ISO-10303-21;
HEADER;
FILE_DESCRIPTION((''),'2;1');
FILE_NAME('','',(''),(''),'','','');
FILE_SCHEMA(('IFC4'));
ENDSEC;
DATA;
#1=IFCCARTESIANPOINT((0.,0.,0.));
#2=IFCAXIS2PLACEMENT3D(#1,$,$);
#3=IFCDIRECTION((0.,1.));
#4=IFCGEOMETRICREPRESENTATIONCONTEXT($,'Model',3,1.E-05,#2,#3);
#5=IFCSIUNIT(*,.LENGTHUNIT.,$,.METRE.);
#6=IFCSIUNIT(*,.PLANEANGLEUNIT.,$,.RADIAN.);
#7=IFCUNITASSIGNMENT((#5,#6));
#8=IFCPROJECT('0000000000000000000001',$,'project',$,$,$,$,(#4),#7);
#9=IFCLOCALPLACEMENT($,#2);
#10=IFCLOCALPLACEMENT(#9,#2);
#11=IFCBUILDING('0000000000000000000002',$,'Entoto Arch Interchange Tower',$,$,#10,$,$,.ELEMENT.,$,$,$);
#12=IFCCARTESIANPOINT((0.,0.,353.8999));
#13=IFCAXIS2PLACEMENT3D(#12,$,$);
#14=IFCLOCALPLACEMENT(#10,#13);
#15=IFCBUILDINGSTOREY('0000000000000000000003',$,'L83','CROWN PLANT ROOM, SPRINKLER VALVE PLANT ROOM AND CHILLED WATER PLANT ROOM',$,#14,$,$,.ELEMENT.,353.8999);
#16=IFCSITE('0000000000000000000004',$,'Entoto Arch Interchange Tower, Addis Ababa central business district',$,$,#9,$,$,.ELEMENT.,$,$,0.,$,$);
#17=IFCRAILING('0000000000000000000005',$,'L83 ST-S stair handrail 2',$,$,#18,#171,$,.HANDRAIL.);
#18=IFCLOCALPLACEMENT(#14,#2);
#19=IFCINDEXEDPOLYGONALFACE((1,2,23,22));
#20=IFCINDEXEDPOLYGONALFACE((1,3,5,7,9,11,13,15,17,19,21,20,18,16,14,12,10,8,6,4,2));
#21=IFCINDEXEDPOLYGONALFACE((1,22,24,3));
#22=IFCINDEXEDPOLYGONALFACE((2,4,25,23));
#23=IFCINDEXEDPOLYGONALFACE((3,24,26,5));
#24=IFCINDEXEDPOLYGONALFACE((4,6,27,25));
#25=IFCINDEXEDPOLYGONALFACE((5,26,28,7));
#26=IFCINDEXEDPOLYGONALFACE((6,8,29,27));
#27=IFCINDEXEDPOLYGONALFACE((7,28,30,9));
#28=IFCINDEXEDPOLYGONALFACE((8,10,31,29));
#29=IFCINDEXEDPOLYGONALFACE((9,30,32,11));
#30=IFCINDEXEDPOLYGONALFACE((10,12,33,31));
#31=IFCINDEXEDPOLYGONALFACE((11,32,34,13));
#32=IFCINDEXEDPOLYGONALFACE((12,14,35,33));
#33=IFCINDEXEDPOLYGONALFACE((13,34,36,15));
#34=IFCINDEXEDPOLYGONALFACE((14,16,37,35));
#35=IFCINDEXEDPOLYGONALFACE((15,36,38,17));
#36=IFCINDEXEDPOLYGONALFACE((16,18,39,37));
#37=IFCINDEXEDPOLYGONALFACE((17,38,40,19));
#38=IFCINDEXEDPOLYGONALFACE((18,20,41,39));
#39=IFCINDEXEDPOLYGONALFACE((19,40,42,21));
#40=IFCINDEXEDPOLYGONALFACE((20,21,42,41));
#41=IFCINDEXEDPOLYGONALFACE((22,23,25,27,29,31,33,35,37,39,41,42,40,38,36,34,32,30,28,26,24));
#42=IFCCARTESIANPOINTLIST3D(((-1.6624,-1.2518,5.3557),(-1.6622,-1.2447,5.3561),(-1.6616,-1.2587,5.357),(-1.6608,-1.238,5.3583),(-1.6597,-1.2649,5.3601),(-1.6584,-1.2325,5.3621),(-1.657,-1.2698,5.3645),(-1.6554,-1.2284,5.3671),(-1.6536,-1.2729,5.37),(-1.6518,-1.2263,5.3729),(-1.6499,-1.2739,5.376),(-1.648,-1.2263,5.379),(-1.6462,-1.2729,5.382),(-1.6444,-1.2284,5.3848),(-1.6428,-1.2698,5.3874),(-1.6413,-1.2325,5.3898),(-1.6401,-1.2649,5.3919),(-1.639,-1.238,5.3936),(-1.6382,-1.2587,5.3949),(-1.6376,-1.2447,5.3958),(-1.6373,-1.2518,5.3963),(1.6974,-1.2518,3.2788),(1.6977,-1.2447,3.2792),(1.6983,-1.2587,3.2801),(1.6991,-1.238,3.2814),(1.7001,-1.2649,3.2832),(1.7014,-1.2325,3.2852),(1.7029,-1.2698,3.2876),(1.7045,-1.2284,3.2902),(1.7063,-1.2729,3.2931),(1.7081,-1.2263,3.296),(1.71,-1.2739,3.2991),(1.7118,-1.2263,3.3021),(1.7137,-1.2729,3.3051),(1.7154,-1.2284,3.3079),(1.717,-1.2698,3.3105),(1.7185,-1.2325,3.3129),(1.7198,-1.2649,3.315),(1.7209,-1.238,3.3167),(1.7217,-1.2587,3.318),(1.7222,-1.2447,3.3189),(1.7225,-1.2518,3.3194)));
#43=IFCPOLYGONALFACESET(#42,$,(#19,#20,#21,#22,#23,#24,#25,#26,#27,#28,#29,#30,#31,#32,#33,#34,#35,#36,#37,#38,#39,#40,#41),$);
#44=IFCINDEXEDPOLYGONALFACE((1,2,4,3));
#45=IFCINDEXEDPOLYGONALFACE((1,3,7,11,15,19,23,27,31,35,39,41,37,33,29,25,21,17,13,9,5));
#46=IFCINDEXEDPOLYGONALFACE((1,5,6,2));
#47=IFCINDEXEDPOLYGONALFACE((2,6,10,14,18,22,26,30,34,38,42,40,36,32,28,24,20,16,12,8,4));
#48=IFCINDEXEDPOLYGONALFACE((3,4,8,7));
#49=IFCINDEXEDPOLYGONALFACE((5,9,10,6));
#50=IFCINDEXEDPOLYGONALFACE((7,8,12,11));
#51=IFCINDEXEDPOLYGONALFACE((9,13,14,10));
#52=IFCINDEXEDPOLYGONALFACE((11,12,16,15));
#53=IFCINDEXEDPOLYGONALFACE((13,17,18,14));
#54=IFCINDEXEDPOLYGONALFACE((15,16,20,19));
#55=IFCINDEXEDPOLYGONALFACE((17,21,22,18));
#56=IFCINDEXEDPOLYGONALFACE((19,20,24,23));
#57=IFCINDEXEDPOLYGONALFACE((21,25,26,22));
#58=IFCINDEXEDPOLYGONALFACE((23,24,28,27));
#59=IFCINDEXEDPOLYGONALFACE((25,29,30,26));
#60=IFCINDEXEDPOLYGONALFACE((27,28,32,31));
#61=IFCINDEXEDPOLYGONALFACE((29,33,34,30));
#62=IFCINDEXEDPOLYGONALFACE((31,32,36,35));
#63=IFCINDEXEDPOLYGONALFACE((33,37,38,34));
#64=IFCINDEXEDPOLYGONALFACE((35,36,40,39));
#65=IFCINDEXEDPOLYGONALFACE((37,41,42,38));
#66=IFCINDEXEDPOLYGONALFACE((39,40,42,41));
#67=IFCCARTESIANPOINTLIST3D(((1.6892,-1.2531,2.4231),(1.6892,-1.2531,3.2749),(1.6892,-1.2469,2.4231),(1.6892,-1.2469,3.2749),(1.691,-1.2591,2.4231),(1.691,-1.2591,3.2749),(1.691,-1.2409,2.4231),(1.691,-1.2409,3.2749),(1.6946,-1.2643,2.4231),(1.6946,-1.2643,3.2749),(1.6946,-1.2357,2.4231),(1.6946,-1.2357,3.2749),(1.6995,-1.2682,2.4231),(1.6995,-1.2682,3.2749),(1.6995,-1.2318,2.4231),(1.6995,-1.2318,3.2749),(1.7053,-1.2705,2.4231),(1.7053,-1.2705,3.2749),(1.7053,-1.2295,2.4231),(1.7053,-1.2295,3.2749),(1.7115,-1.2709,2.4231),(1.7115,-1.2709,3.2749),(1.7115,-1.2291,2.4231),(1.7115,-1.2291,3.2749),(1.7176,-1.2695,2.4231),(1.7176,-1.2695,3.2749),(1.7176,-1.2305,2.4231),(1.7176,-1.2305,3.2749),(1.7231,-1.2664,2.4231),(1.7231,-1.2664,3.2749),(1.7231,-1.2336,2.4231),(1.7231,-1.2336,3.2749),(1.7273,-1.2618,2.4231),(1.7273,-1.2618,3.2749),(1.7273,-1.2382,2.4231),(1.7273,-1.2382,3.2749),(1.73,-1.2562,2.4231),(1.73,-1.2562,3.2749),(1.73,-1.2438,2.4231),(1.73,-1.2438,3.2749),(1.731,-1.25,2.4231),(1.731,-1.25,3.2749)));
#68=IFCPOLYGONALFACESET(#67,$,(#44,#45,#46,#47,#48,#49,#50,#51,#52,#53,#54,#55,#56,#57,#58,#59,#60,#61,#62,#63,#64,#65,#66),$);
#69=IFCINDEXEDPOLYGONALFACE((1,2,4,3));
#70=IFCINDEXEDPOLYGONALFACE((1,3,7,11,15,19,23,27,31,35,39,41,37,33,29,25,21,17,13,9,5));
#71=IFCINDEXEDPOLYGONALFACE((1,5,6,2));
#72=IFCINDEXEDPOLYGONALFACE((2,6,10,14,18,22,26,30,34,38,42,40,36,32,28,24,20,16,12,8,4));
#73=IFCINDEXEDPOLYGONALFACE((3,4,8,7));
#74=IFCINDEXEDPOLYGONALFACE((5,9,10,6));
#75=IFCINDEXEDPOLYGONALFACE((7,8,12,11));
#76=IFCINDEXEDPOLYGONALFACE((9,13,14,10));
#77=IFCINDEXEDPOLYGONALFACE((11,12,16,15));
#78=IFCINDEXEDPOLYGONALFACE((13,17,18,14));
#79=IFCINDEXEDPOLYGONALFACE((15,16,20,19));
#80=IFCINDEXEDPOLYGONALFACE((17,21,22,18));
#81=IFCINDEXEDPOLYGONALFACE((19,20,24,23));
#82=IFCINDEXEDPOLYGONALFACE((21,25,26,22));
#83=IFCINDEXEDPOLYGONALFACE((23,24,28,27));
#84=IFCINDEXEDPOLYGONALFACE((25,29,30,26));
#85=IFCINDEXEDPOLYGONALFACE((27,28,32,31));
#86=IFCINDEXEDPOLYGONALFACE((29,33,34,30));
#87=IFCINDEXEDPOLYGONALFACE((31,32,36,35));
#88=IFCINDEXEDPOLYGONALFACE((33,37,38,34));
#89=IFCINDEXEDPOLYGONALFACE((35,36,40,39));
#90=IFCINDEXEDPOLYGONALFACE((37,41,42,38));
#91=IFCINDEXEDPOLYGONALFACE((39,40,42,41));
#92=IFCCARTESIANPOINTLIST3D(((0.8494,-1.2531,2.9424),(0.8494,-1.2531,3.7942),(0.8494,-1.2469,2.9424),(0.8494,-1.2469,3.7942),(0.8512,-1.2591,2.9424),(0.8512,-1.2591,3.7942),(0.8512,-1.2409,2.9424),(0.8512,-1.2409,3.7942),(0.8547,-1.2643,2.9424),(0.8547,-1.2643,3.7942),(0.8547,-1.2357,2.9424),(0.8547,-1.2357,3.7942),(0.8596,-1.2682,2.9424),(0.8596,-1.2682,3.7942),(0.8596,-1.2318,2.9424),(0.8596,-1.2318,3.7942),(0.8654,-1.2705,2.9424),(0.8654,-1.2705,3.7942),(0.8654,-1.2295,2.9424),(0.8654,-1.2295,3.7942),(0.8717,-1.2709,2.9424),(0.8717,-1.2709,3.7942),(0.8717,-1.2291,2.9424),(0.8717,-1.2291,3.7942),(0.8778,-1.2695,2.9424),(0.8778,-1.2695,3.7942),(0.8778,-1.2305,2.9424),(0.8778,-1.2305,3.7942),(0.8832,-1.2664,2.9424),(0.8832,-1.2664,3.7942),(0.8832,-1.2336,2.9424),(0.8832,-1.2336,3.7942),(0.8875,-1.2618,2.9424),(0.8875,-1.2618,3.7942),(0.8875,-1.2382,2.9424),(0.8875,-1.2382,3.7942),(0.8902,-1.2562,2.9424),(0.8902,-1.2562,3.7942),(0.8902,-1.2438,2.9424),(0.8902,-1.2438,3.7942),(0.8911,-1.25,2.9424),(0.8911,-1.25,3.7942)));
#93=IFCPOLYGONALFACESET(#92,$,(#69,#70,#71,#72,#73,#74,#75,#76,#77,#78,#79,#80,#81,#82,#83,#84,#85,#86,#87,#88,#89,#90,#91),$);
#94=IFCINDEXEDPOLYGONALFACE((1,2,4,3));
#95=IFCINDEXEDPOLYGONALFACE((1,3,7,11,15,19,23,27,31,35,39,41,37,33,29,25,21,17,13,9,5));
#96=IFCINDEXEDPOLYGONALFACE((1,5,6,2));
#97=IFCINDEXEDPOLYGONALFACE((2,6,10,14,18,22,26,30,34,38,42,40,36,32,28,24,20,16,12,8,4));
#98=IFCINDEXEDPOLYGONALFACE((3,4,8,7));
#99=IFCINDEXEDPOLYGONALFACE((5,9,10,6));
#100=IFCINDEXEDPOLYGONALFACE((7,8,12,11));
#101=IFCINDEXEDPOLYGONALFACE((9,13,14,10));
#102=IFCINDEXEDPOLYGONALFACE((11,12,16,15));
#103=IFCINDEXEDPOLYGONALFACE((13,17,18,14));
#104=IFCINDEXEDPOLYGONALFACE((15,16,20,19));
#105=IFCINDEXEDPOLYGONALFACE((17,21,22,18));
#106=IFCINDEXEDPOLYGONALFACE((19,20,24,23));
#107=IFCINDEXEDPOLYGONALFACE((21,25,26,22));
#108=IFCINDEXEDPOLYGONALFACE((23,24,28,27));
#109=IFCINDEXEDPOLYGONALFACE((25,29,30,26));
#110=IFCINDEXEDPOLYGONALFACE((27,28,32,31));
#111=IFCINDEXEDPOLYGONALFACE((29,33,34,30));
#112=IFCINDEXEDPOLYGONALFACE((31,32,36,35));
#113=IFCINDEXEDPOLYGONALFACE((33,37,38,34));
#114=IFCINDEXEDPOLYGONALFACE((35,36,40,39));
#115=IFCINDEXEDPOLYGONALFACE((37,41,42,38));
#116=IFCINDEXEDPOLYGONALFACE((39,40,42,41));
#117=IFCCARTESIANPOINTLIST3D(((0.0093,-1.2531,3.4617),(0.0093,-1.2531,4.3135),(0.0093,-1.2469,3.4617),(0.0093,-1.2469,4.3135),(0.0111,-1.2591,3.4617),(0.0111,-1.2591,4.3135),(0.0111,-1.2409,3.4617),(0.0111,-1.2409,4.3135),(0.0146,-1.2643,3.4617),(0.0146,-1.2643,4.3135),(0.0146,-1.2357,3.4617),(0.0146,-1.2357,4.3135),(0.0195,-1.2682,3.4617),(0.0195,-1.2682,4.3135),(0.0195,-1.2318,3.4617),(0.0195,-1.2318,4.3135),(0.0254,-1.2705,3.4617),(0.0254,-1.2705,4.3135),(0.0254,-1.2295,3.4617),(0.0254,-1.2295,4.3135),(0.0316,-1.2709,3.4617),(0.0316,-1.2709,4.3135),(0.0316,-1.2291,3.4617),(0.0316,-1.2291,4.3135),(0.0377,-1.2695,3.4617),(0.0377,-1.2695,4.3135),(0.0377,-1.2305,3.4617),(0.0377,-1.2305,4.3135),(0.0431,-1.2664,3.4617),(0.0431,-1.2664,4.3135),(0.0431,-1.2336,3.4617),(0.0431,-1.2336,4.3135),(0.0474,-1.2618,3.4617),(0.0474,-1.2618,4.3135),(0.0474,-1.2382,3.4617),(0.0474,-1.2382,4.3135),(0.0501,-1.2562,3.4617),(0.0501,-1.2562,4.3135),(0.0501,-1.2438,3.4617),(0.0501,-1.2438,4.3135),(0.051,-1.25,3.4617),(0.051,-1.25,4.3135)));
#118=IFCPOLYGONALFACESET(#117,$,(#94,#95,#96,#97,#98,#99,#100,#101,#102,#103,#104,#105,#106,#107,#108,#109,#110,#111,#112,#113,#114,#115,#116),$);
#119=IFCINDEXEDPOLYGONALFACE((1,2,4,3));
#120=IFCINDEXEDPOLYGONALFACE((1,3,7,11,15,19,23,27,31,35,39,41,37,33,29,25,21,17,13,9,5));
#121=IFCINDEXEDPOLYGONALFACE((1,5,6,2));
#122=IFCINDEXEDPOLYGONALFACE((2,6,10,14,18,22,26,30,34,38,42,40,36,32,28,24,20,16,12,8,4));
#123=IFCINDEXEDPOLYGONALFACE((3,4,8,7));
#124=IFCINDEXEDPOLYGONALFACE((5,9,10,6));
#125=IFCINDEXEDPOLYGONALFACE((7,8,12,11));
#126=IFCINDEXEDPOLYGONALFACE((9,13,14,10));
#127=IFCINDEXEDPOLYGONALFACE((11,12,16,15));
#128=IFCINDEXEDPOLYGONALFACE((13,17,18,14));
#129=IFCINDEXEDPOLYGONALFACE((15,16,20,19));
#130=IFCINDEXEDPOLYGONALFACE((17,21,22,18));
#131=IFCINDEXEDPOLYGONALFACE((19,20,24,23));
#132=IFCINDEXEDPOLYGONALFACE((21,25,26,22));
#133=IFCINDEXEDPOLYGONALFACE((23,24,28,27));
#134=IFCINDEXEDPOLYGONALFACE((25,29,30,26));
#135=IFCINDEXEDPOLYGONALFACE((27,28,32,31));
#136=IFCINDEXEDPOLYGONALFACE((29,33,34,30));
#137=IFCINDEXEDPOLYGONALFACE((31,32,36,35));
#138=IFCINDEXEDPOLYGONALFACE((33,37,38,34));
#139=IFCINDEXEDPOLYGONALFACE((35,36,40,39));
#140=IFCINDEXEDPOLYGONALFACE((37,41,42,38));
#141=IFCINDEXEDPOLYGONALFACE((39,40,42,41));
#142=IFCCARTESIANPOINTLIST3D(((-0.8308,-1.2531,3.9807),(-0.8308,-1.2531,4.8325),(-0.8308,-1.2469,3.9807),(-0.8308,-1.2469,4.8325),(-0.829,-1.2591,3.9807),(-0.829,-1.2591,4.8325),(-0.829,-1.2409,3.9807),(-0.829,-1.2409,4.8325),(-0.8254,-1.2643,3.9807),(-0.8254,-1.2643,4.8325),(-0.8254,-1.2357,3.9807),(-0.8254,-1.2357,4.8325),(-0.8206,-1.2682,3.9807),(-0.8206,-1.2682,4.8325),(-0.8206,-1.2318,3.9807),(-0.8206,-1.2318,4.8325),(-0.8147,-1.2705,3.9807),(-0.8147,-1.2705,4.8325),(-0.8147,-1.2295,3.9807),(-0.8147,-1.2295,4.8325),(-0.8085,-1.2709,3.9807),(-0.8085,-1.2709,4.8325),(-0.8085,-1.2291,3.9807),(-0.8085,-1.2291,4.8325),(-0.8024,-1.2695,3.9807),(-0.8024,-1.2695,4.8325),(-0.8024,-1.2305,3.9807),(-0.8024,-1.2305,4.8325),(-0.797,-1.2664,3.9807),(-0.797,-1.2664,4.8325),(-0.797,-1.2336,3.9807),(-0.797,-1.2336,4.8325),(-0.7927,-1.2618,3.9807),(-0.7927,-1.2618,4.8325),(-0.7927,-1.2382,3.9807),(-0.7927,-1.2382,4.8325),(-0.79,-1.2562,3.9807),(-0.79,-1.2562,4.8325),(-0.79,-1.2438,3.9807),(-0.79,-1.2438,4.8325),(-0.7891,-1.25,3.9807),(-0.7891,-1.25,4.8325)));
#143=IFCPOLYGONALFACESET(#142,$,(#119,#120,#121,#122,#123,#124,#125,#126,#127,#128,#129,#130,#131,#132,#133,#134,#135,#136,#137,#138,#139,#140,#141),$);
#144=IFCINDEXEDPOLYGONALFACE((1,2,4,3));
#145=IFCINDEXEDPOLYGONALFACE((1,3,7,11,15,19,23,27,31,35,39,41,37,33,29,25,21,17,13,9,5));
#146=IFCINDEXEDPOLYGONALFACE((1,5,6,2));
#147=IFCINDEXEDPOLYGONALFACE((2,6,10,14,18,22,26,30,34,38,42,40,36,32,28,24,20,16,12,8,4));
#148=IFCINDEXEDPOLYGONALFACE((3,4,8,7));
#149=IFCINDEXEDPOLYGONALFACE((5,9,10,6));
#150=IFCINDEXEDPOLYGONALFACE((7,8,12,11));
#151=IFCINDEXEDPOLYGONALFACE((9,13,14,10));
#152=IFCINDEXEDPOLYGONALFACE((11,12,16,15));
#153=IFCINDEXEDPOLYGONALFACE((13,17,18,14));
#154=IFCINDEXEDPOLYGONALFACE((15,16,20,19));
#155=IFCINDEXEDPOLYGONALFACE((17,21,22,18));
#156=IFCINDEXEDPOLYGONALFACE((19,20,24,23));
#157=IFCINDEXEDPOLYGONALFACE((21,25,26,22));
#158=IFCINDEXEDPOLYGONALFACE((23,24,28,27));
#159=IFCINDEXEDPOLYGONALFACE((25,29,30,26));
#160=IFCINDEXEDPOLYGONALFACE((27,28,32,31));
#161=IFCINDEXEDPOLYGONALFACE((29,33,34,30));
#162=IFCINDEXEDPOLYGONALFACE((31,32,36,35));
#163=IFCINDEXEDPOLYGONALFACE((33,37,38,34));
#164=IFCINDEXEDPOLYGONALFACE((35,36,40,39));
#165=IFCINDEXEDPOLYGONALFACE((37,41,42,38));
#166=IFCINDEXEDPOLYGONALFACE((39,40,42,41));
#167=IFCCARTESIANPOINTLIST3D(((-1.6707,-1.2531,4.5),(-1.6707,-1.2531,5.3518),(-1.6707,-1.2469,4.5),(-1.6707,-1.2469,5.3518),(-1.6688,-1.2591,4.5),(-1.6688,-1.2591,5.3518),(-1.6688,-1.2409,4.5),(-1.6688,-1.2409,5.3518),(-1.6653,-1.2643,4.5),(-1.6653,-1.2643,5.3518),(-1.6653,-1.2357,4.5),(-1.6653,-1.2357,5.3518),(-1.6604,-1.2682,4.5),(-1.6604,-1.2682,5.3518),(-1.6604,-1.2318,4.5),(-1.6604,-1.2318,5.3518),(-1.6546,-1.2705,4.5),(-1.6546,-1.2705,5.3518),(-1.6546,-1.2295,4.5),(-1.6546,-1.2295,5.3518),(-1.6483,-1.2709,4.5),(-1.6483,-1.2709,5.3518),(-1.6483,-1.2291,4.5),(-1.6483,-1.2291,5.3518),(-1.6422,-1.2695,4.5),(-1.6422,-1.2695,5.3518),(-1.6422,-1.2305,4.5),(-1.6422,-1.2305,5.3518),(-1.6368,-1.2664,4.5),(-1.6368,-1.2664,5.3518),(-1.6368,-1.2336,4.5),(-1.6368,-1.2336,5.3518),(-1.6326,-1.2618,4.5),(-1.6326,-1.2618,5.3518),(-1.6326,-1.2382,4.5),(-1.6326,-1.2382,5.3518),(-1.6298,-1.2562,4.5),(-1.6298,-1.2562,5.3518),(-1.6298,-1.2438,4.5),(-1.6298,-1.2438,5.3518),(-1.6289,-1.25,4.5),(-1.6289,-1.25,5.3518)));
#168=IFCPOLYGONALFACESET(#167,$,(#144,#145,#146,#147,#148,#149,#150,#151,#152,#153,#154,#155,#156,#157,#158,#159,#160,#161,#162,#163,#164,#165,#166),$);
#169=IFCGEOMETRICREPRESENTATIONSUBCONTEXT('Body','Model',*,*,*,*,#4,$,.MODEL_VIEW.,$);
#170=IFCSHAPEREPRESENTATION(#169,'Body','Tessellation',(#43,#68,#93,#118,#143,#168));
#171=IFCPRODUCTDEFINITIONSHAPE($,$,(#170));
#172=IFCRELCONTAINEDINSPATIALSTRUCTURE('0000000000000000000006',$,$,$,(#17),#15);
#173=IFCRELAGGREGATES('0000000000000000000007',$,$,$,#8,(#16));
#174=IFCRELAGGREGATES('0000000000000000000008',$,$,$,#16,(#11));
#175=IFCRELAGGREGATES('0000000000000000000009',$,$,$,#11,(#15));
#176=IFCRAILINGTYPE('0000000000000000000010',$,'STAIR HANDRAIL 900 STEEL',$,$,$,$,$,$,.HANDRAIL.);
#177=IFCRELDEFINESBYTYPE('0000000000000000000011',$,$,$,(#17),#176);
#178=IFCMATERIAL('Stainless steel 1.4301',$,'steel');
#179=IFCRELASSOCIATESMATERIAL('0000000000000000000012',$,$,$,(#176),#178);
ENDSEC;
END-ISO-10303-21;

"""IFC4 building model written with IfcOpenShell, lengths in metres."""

from ifc_helpers import new_model, si_unit, direction, frame, origin, origin_2d, place, context, subcontext, project, spatial, circle, extrude, material, type_object, element, save


model = new_model("IFC4")

# Units and contexts
model_context = context("Model", 3, precision=1e-05, world=origin(), true_north=direction((0.0, 1.0)))
body_context = subcontext(model_context, "Body", "Model", "MODEL_VIEW")
ifc_project = project(units=[si_unit("LENGTHUNIT", "METRE"), si_unit("PLANEANGLEUNIT", "RADIAN")], contexts=[model_context])

# Site, building, storey
site_placement = place(None, origin())
site = spatial("IfcSite", under=ifc_project, at=site_placement, Name="Entoto Arch Interchange Tower, Addis Ababa central business district", CompositionType="ELEMENT", RefElevation=0.0)
building_placement = place(site_placement, origin())
building = spatial("IfcBuilding", under=site, at=building_placement, Name="Entoto Arch Interchange Tower", CompositionType="ELEMENT")
storey_placement = place(building_placement, frame((0.0, 0.0, 353.8999)))
storey = spatial("IfcBuildingStorey", under=building, at=storey_placement, Name="L83", Description="CROWN PLANT ROOM, SPRINKLER VALVE PLANT ROOM AND CHILLED WATER PLANT ROOM", CompositionType="ELEMENT", Elevation=353.8999)

# Railing
ifc_material_1 = material(Name="Stainless steel 1.4301", Category="steel")
railing_type_1 = type_object("IfcRailingType", Name="STAIR HANDRAIL 900 STEEL", PredefinedType="HANDRAIL", material=ifc_material_1)
railing_1_placement = place(storey_placement, frame((1.71, -1.25, 2.4231)))
element("IfcRailing", 1, at=railing_1_placement, inside=storey, type_object=railing_type_1, Name="L83 ST-S stair handrail 2", PredefinedType="HANDRAIL", context=body_context, shape_type="SweptSolid", body=[
    extrude(circle(Radius=0.0239, at=origin_2d()), frame((0.0, 0.0, 0.876), z_axis=(-0.850606, 0.0, 0.525803), x_axis=(0.0, -1.0, 0.0)), (0.0, 0.0, 1.0), 3.95),
    extrude(circle(Radius=0.021, at=origin_2d()), origin(), (0.0, 0.0, 1.0), 0.8518),
    extrude(circle(Radius=0.021, at=origin_2d()), frame((-0.8398, 0.0, 0.5193)), (0.0, 0.0, 1.0), 0.8518),
    extrude(circle(Radius=0.021, at=origin_2d()), frame((-1.6799, 0.0, 1.0386)), (0.0, 0.0, 1.0), 0.8518),
    extrude(circle(Radius=0.021, at=origin_2d()), frame((-2.52, 0.0, 1.5576)), (0.0, 0.0, 1.0), 0.8518),
    extrude(circle(Radius=0.021, at=origin_2d()), frame((-3.3599, 0.0, 2.0769)), (0.0, 0.0, 1.0), 0.8518),
])

save(model, "model.ifc")
